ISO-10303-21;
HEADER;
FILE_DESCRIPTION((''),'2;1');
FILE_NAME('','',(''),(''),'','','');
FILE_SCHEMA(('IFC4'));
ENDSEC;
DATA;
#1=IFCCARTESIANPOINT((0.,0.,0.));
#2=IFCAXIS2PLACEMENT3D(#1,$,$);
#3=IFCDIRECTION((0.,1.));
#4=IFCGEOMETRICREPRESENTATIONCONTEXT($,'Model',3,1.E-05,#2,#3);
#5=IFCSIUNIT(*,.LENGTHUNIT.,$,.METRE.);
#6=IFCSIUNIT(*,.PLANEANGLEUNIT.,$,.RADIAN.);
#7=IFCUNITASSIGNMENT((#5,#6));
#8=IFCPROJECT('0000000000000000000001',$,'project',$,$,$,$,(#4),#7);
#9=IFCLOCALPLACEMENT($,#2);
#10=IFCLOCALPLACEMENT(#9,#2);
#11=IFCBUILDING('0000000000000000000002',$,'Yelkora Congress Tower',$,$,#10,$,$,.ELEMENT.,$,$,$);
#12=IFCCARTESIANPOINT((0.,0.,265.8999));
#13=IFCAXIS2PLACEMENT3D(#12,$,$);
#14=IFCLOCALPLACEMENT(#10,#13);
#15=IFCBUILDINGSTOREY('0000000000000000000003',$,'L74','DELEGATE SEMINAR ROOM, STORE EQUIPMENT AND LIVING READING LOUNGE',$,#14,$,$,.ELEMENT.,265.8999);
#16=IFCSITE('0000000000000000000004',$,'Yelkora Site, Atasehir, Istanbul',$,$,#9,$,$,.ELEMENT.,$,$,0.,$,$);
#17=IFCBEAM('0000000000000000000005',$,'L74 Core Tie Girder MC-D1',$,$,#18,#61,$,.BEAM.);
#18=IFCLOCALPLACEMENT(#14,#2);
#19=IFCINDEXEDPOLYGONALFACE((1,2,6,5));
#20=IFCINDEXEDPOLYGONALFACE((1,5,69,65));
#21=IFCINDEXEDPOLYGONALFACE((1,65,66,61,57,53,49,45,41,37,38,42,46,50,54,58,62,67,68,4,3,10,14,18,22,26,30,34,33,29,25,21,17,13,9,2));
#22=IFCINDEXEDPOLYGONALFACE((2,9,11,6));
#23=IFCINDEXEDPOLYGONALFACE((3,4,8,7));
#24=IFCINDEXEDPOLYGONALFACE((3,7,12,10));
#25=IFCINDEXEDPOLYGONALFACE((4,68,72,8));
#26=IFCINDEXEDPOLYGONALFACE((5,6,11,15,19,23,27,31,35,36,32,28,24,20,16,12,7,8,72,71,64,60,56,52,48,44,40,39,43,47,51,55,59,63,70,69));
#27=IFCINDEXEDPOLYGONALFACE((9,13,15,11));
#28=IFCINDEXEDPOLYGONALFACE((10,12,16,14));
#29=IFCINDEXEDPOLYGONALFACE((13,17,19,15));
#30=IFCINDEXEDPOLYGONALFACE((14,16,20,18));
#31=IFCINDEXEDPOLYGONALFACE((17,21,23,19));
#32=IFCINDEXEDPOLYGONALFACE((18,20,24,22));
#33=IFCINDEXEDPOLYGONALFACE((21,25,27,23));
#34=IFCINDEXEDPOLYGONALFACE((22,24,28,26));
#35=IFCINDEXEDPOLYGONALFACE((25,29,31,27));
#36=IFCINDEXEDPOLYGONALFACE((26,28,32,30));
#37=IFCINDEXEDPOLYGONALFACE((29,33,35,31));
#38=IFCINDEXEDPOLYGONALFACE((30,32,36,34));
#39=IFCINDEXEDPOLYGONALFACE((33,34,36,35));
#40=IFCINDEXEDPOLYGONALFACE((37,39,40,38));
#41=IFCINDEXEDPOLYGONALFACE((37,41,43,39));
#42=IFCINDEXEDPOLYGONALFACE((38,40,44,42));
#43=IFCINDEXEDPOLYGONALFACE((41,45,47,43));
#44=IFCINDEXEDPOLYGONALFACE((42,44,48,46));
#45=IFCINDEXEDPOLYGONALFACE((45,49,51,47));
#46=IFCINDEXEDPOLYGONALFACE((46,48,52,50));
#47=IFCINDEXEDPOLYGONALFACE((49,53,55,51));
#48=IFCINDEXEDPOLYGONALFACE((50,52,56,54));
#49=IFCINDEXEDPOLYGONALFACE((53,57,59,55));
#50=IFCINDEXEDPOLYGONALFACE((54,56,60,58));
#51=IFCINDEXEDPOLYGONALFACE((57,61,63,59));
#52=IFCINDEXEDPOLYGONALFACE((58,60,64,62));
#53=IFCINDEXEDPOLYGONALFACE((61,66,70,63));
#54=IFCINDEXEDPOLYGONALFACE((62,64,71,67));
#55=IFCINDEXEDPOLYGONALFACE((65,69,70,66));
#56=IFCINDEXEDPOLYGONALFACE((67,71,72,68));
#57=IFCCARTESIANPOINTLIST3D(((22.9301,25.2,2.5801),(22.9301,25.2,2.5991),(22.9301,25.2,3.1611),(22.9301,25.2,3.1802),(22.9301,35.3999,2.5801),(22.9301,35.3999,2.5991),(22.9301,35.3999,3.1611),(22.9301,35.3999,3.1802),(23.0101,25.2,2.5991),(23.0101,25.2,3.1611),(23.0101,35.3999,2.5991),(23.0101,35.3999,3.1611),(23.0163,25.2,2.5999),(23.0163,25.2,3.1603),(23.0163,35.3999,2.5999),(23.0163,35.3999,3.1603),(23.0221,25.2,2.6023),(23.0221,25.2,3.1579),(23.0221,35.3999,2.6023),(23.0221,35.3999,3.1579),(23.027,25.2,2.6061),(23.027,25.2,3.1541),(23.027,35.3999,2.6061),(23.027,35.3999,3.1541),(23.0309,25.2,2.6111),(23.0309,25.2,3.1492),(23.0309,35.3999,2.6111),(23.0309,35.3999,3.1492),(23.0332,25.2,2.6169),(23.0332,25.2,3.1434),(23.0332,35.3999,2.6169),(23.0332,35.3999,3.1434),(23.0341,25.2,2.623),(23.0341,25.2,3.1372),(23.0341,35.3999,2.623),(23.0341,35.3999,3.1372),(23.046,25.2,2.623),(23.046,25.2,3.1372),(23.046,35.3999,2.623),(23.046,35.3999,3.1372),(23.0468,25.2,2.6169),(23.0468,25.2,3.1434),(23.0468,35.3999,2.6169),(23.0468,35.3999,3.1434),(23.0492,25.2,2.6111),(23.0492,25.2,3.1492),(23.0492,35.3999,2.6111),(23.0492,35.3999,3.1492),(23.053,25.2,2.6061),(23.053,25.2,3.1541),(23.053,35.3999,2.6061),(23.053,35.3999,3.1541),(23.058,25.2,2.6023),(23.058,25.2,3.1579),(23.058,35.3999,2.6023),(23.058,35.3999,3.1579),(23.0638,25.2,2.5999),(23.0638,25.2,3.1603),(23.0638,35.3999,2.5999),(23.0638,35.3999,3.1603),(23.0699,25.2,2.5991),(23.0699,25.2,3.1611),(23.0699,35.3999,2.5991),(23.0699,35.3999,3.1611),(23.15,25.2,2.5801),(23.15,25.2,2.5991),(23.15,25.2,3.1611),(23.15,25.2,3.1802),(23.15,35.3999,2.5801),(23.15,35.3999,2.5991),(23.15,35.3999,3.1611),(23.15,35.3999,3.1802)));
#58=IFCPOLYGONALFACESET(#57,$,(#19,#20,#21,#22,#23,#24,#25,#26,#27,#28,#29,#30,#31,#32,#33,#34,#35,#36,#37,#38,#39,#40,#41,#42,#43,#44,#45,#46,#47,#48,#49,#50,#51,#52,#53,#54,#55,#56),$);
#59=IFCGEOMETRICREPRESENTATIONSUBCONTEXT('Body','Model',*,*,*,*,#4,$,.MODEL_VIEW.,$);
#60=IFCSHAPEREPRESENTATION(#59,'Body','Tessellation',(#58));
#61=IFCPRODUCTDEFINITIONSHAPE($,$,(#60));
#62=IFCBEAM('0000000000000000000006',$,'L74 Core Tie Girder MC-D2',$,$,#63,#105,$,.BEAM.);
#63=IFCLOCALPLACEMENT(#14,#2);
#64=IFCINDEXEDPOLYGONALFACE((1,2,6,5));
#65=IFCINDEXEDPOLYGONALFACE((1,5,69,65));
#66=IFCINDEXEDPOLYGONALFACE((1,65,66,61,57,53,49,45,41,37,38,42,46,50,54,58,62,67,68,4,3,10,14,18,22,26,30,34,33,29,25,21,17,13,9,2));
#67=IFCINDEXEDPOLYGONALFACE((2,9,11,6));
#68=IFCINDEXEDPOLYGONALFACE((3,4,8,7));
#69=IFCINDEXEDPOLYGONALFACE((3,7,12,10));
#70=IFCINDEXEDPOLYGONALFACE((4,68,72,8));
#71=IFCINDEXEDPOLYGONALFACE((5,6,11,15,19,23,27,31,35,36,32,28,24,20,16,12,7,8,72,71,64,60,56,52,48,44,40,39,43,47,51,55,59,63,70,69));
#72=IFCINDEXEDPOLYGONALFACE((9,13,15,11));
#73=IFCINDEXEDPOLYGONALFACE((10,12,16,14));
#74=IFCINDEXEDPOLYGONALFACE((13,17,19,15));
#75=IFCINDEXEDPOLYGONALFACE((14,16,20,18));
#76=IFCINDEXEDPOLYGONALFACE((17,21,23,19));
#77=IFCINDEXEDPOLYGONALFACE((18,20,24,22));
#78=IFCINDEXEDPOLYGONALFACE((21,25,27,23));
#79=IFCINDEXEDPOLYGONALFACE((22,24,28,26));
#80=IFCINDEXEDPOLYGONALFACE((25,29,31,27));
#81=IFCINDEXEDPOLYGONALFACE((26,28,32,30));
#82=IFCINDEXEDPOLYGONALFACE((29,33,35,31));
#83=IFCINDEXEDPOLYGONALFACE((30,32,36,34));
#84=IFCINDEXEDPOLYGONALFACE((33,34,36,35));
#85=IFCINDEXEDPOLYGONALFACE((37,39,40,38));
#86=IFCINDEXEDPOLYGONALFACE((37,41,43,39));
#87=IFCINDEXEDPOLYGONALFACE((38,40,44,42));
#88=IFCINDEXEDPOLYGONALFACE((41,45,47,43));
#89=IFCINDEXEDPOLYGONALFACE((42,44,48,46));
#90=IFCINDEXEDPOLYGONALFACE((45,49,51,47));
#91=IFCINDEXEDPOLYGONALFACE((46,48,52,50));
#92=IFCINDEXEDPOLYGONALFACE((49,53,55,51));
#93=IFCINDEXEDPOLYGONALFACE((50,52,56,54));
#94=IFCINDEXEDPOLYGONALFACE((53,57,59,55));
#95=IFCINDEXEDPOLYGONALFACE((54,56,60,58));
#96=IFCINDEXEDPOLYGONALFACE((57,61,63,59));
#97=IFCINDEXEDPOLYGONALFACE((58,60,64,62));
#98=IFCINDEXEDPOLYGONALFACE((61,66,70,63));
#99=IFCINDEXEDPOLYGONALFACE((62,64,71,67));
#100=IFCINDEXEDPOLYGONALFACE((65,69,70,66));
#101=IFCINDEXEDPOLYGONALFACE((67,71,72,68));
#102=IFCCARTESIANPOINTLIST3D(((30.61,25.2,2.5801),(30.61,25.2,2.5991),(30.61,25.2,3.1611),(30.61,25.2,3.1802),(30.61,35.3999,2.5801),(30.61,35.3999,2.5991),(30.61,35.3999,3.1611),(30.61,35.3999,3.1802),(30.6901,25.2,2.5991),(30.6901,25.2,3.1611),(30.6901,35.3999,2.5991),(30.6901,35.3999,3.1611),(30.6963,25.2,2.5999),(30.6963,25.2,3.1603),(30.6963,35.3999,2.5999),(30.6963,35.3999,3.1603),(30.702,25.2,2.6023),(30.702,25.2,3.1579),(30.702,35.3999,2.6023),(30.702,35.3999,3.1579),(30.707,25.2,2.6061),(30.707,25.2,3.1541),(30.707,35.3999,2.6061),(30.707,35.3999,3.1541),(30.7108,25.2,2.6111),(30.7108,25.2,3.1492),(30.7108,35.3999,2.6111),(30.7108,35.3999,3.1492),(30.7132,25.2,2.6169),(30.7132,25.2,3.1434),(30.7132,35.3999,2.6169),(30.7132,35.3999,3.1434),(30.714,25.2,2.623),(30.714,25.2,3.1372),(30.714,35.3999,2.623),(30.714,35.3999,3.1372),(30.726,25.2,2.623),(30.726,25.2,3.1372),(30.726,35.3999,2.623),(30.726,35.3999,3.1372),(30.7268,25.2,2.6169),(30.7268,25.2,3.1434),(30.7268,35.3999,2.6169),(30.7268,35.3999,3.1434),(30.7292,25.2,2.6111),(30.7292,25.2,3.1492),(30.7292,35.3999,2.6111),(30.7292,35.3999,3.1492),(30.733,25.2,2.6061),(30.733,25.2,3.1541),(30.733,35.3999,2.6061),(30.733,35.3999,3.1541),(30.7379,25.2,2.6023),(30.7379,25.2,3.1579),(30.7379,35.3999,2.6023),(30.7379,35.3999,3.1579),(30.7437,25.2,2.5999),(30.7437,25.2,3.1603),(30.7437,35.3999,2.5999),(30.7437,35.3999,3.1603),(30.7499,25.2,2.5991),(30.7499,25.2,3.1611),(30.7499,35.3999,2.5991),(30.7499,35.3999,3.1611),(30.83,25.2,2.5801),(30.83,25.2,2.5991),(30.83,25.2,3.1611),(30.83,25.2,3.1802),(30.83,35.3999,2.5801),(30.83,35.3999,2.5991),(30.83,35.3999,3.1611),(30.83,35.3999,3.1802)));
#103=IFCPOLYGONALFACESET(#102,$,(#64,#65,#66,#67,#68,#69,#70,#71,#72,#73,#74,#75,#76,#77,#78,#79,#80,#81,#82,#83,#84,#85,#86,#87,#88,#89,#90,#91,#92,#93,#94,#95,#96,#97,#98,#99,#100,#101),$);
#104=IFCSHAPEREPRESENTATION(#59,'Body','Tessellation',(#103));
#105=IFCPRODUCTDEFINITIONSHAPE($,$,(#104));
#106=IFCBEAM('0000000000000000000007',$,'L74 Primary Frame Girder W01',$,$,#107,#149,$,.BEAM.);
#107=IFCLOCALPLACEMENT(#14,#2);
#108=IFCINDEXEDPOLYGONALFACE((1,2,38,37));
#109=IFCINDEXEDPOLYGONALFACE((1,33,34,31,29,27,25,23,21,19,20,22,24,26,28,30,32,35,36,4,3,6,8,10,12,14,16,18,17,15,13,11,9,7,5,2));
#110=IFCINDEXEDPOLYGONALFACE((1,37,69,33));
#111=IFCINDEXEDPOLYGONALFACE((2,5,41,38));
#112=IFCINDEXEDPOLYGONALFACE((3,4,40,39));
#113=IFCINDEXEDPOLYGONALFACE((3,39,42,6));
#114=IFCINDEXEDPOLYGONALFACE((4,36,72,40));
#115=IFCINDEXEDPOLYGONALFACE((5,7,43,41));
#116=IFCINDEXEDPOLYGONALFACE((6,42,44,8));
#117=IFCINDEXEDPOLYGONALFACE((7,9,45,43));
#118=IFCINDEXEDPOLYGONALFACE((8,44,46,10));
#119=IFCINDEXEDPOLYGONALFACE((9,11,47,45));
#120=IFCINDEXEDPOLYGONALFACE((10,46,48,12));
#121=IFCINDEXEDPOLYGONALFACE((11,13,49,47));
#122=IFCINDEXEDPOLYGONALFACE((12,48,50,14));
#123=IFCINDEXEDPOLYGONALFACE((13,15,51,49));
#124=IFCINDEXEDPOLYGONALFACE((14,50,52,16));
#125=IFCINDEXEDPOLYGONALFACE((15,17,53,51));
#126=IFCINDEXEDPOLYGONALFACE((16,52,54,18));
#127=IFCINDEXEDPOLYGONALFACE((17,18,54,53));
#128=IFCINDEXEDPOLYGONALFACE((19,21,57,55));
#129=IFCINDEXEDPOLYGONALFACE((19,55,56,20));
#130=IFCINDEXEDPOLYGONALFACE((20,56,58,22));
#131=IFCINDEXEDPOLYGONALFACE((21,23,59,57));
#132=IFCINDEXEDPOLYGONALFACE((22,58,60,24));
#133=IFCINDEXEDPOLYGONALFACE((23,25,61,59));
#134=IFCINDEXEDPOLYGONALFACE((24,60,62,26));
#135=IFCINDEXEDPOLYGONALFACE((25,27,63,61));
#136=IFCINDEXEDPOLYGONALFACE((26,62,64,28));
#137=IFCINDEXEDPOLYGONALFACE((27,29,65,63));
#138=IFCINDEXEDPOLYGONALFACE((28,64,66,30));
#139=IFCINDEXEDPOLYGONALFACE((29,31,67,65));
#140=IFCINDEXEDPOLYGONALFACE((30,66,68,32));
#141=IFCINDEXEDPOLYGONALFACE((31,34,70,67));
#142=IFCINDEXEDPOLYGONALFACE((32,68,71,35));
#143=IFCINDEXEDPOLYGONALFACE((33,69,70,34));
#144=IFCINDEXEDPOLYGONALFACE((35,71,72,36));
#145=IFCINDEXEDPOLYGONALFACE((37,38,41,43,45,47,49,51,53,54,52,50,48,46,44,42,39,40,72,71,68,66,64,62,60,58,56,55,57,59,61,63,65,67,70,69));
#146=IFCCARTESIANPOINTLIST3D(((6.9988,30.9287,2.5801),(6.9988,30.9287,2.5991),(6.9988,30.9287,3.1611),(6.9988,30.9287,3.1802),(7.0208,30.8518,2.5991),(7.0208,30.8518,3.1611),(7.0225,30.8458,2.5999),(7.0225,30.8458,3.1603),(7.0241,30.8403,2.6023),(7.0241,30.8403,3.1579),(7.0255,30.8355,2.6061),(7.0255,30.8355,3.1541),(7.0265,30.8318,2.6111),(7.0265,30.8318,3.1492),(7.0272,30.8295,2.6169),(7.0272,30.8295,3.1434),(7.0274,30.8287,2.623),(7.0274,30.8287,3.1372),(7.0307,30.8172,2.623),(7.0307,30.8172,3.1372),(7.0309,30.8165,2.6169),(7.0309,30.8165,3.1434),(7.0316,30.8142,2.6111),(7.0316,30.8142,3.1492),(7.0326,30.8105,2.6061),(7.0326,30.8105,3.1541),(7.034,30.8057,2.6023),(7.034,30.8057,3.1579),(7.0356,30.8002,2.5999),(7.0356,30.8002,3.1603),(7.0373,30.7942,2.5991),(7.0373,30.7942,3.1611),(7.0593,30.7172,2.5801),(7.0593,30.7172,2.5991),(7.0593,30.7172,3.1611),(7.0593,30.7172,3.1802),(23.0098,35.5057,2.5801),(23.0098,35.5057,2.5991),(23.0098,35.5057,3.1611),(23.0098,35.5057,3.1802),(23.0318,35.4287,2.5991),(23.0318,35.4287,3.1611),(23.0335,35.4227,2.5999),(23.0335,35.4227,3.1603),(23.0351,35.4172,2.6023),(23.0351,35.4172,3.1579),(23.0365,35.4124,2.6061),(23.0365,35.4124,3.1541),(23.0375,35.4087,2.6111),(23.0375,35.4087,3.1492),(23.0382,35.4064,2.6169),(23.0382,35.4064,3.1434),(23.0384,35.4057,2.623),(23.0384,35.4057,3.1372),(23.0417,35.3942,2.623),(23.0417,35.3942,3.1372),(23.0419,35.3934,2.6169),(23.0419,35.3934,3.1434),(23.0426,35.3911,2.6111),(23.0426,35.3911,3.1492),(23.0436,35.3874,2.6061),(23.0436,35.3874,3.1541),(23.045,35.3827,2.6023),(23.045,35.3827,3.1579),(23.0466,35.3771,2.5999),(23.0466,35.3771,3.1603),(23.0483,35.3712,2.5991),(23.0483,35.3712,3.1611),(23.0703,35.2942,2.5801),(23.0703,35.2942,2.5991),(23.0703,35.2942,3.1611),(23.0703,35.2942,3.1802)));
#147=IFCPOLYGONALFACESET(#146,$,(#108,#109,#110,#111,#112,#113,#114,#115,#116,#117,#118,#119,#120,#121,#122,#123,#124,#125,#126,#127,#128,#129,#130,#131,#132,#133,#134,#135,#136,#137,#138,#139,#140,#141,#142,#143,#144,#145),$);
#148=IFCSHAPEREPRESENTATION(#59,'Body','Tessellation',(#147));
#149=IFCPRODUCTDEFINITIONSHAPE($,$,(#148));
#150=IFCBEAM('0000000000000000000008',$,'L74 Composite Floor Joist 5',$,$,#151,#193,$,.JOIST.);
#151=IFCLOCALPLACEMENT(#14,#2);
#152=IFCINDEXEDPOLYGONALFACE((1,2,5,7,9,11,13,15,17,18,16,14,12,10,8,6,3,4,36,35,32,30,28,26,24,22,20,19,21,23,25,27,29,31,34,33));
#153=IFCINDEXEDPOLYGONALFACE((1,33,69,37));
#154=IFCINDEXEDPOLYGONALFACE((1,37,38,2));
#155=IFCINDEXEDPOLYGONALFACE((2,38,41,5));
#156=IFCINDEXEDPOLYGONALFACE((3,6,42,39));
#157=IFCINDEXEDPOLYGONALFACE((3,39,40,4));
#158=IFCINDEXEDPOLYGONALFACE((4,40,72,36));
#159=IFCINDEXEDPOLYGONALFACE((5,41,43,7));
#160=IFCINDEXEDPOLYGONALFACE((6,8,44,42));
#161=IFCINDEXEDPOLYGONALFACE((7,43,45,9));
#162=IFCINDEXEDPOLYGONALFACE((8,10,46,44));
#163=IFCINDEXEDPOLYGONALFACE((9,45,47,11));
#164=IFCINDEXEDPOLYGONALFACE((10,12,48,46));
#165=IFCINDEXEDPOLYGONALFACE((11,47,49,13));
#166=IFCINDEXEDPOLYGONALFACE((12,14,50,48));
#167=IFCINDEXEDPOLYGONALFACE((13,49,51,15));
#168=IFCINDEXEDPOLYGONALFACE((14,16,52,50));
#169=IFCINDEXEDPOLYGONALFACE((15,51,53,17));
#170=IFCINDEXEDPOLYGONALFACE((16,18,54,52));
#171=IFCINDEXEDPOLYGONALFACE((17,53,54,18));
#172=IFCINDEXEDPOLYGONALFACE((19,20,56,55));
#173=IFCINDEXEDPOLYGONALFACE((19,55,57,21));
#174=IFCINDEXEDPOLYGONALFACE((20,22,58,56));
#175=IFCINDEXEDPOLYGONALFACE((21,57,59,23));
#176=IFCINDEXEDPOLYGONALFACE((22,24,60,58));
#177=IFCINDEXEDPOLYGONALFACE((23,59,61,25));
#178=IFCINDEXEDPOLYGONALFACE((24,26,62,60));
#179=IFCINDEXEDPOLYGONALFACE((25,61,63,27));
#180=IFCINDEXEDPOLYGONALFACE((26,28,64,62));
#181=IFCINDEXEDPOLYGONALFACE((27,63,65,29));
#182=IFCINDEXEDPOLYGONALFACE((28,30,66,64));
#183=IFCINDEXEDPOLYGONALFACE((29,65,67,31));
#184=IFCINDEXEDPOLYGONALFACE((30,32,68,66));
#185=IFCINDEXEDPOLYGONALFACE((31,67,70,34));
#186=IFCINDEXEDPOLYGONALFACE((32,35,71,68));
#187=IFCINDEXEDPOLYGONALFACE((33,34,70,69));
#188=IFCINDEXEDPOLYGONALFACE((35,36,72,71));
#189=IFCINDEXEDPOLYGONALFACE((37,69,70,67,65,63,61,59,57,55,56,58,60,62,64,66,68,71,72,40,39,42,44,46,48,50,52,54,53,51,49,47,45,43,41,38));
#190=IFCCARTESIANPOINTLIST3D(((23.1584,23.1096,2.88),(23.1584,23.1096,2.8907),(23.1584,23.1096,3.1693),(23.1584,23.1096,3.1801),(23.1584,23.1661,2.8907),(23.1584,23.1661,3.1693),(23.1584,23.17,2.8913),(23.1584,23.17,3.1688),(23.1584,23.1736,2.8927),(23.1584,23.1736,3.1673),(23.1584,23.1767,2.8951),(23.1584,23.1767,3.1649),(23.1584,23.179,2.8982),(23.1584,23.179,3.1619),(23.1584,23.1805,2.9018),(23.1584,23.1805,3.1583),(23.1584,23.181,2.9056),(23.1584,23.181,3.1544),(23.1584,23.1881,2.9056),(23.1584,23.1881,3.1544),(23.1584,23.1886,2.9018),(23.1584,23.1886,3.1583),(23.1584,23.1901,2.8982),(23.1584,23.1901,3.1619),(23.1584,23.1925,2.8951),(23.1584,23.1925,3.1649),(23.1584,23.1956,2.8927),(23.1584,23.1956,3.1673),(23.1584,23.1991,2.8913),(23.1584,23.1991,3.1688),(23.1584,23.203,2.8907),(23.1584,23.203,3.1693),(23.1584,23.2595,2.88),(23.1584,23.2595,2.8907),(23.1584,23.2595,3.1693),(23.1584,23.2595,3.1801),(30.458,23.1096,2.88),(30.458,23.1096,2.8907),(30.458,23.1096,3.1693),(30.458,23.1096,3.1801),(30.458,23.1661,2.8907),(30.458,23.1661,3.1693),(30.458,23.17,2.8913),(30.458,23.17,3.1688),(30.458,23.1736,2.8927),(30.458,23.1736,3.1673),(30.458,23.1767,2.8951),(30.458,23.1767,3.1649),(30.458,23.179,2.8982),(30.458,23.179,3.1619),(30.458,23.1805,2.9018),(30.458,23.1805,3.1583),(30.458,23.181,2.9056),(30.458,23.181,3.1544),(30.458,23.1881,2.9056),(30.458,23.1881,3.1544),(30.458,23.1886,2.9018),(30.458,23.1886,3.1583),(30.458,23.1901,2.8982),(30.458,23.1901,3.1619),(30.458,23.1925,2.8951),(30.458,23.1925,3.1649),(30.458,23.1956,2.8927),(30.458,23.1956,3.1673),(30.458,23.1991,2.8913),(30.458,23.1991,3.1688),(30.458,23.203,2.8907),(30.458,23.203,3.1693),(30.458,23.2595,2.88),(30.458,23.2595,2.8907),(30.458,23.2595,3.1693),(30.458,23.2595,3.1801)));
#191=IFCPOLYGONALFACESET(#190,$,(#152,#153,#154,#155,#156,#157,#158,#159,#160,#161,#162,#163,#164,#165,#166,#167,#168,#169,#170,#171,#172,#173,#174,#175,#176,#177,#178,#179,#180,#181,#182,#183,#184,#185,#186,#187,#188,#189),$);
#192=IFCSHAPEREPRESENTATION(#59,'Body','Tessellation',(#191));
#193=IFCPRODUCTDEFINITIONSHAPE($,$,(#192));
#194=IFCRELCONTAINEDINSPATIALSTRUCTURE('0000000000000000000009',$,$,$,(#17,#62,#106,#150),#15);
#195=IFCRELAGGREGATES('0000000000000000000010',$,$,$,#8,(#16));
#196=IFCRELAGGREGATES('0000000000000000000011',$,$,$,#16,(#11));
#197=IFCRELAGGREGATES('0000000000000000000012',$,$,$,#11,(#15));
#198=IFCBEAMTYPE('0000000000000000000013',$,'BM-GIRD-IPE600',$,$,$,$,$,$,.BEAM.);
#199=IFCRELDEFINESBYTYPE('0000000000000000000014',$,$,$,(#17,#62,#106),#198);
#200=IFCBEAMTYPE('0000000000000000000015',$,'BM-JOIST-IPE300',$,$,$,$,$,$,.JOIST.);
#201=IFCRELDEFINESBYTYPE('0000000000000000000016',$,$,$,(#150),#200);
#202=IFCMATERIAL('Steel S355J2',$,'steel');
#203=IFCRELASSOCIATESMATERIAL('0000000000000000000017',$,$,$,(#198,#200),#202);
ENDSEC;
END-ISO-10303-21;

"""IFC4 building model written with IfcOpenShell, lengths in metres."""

from ifc_helpers import new_model, si_unit, direction, frame, origin, origin_2d, place, context, subcontext, project, spatial, i_section, extrude, material, material_profile, profile_set, type_object, element, save


model = new_model("IFC4")

# Units and contexts
model_context = context("Model", 3, precision=1e-05, world=origin(), true_north=direction((0.0, 1.0)))
body_context = subcontext(model_context, "Body", "Model", "MODEL_VIEW")
ifc_project = project(units=[si_unit("LENGTHUNIT", "METRE"), si_unit("PLANEANGLEUNIT", "RADIAN")], contexts=[model_context])

# Site, building, storey
site_placement = place(None, origin())
site = spatial("IfcSite", under=ifc_project, at=site_placement, Name="Yelkora Site, Atasehir, Istanbul", CompositionType="ELEMENT", RefElevation=0.0)
building_placement = place(site_placement, origin())
building = spatial("IfcBuilding", under=site, at=building_placement, Name="Yelkora Congress Tower", CompositionType="ELEMENT")
storey_placement = place(building_placement, frame((0.0, 0.0, 265.8999)))
storey = spatial("IfcBuildingStorey", under=building, at=storey_placement, Name="L74", Description="DELEGATE SEMINAR ROOM, STORE EQUIPMENT AND LIVING READING LOUNGE", CompositionType="ELEMENT", Elevation=265.8999)

# Beams
ifc_material_1 = material(Name="Steel S355J2", Category="steel")
ifc_material_profile_1 = material_profile(ifc_material_1, i_section(OverallWidth=0.22, OverallDepth=0.6001, WebThickness=0.012, FlangeThickness=0.019, FilletRadius=0.0239, at=origin_2d()), Name="IPE 600")
ifc_profile_set_1 = profile_set([ifc_material_profile_1], Name="Steel S355J2")
beam_type_1 = type_object("IfcBeamType", Name="BM-GIRD-IPE600", PredefinedType="BEAM", material=ifc_profile_set_1)
for number, where, z_axis, x_axis, name in (
    (1, (23.04, 25.2, 2.8801), (0.0, 1.0, 0.0), (-1.0, 0.0, 0.0), "L74 Core Tie Girder MC-D1"),
    (2, (30.72, 25.2, 2.8801), (0.0, 1.0, 0.0), (-1.0, 0.0, 0.0), "L74 Core Tie Girder MC-D2"),
):
    element("IfcBeam", number, at=place(storey_placement, frame(where, z_axis=z_axis, x_axis=x_axis)), inside=storey, type_object=beam_type_1, Name=name, PredefinedType="BEAM", context=body_context, shape_type="SweptSolid", body=[
        extrude(i_section(OverallWidth=0.22, OverallDepth=0.6001, WebThickness=0.012, FlangeThickness=0.019, FilletRadius=0.0239, at=origin_2d()), origin(), (0.0, 0.0, 1.0), 10.2),
    ])
beam_1_placement = place(storey_placement, frame((7.0291, 30.823, 2.8801), z_axis=(0.961487, 0.274851, 0.0), x_axis=(-0.274851, 0.961487, 0.0)))
element("IfcBeam", 3, at=beam_1_placement, inside=storey, type_object=beam_type_1, Name="L74 Primary Frame Girder W01", PredefinedType="BEAM", context=body_context, shape_type="SweptSolid", body=[
    extrude(i_section(OverallWidth=0.22, OverallDepth=0.6001, WebThickness=0.012, FlangeThickness=0.019, FilletRadius=0.0239, at=origin_2d()), origin(), (0.0, 0.0, 1.0), 16.6523),
])
ifc_material_profile_2 = material_profile(ifc_material_1, i_section(OverallWidth=0.1499, OverallDepth=0.3, WebThickness=0.0071, FlangeThickness=0.0107, FilletRadius=0.0149, at=origin_2d()), Name="IPE 300")
ifc_profile_set_2 = profile_set([ifc_material_profile_2], Name="Steel S355J2")
beam_type_2 = type_object("IfcBeamType", Name="BM-JOIST-IPE300", PredefinedType="JOIST", material=ifc_profile_set_2)
beam_2_placement = place(storey_placement, frame((23.1584, 23.1846, 3.03), z_axis=(1.0, 0.0, 0.0), x_axis=(0.0, 1.0, 0.0)))
element("IfcBeam", 4, at=beam_2_placement, inside=storey, type_object=beam_type_2, Name="L74 Composite Floor Joist 5", PredefinedType="JOIST", context=body_context, shape_type="SweptSolid", body=[
    extrude(i_section(OverallWidth=0.1499, OverallDepth=0.3, WebThickness=0.0071, FlangeThickness=0.0107, FilletRadius=0.0149, at=origin_2d()), origin(), (0.0, 0.0, 1.0), 7.2996),
])

save(model, "model.ifc")
